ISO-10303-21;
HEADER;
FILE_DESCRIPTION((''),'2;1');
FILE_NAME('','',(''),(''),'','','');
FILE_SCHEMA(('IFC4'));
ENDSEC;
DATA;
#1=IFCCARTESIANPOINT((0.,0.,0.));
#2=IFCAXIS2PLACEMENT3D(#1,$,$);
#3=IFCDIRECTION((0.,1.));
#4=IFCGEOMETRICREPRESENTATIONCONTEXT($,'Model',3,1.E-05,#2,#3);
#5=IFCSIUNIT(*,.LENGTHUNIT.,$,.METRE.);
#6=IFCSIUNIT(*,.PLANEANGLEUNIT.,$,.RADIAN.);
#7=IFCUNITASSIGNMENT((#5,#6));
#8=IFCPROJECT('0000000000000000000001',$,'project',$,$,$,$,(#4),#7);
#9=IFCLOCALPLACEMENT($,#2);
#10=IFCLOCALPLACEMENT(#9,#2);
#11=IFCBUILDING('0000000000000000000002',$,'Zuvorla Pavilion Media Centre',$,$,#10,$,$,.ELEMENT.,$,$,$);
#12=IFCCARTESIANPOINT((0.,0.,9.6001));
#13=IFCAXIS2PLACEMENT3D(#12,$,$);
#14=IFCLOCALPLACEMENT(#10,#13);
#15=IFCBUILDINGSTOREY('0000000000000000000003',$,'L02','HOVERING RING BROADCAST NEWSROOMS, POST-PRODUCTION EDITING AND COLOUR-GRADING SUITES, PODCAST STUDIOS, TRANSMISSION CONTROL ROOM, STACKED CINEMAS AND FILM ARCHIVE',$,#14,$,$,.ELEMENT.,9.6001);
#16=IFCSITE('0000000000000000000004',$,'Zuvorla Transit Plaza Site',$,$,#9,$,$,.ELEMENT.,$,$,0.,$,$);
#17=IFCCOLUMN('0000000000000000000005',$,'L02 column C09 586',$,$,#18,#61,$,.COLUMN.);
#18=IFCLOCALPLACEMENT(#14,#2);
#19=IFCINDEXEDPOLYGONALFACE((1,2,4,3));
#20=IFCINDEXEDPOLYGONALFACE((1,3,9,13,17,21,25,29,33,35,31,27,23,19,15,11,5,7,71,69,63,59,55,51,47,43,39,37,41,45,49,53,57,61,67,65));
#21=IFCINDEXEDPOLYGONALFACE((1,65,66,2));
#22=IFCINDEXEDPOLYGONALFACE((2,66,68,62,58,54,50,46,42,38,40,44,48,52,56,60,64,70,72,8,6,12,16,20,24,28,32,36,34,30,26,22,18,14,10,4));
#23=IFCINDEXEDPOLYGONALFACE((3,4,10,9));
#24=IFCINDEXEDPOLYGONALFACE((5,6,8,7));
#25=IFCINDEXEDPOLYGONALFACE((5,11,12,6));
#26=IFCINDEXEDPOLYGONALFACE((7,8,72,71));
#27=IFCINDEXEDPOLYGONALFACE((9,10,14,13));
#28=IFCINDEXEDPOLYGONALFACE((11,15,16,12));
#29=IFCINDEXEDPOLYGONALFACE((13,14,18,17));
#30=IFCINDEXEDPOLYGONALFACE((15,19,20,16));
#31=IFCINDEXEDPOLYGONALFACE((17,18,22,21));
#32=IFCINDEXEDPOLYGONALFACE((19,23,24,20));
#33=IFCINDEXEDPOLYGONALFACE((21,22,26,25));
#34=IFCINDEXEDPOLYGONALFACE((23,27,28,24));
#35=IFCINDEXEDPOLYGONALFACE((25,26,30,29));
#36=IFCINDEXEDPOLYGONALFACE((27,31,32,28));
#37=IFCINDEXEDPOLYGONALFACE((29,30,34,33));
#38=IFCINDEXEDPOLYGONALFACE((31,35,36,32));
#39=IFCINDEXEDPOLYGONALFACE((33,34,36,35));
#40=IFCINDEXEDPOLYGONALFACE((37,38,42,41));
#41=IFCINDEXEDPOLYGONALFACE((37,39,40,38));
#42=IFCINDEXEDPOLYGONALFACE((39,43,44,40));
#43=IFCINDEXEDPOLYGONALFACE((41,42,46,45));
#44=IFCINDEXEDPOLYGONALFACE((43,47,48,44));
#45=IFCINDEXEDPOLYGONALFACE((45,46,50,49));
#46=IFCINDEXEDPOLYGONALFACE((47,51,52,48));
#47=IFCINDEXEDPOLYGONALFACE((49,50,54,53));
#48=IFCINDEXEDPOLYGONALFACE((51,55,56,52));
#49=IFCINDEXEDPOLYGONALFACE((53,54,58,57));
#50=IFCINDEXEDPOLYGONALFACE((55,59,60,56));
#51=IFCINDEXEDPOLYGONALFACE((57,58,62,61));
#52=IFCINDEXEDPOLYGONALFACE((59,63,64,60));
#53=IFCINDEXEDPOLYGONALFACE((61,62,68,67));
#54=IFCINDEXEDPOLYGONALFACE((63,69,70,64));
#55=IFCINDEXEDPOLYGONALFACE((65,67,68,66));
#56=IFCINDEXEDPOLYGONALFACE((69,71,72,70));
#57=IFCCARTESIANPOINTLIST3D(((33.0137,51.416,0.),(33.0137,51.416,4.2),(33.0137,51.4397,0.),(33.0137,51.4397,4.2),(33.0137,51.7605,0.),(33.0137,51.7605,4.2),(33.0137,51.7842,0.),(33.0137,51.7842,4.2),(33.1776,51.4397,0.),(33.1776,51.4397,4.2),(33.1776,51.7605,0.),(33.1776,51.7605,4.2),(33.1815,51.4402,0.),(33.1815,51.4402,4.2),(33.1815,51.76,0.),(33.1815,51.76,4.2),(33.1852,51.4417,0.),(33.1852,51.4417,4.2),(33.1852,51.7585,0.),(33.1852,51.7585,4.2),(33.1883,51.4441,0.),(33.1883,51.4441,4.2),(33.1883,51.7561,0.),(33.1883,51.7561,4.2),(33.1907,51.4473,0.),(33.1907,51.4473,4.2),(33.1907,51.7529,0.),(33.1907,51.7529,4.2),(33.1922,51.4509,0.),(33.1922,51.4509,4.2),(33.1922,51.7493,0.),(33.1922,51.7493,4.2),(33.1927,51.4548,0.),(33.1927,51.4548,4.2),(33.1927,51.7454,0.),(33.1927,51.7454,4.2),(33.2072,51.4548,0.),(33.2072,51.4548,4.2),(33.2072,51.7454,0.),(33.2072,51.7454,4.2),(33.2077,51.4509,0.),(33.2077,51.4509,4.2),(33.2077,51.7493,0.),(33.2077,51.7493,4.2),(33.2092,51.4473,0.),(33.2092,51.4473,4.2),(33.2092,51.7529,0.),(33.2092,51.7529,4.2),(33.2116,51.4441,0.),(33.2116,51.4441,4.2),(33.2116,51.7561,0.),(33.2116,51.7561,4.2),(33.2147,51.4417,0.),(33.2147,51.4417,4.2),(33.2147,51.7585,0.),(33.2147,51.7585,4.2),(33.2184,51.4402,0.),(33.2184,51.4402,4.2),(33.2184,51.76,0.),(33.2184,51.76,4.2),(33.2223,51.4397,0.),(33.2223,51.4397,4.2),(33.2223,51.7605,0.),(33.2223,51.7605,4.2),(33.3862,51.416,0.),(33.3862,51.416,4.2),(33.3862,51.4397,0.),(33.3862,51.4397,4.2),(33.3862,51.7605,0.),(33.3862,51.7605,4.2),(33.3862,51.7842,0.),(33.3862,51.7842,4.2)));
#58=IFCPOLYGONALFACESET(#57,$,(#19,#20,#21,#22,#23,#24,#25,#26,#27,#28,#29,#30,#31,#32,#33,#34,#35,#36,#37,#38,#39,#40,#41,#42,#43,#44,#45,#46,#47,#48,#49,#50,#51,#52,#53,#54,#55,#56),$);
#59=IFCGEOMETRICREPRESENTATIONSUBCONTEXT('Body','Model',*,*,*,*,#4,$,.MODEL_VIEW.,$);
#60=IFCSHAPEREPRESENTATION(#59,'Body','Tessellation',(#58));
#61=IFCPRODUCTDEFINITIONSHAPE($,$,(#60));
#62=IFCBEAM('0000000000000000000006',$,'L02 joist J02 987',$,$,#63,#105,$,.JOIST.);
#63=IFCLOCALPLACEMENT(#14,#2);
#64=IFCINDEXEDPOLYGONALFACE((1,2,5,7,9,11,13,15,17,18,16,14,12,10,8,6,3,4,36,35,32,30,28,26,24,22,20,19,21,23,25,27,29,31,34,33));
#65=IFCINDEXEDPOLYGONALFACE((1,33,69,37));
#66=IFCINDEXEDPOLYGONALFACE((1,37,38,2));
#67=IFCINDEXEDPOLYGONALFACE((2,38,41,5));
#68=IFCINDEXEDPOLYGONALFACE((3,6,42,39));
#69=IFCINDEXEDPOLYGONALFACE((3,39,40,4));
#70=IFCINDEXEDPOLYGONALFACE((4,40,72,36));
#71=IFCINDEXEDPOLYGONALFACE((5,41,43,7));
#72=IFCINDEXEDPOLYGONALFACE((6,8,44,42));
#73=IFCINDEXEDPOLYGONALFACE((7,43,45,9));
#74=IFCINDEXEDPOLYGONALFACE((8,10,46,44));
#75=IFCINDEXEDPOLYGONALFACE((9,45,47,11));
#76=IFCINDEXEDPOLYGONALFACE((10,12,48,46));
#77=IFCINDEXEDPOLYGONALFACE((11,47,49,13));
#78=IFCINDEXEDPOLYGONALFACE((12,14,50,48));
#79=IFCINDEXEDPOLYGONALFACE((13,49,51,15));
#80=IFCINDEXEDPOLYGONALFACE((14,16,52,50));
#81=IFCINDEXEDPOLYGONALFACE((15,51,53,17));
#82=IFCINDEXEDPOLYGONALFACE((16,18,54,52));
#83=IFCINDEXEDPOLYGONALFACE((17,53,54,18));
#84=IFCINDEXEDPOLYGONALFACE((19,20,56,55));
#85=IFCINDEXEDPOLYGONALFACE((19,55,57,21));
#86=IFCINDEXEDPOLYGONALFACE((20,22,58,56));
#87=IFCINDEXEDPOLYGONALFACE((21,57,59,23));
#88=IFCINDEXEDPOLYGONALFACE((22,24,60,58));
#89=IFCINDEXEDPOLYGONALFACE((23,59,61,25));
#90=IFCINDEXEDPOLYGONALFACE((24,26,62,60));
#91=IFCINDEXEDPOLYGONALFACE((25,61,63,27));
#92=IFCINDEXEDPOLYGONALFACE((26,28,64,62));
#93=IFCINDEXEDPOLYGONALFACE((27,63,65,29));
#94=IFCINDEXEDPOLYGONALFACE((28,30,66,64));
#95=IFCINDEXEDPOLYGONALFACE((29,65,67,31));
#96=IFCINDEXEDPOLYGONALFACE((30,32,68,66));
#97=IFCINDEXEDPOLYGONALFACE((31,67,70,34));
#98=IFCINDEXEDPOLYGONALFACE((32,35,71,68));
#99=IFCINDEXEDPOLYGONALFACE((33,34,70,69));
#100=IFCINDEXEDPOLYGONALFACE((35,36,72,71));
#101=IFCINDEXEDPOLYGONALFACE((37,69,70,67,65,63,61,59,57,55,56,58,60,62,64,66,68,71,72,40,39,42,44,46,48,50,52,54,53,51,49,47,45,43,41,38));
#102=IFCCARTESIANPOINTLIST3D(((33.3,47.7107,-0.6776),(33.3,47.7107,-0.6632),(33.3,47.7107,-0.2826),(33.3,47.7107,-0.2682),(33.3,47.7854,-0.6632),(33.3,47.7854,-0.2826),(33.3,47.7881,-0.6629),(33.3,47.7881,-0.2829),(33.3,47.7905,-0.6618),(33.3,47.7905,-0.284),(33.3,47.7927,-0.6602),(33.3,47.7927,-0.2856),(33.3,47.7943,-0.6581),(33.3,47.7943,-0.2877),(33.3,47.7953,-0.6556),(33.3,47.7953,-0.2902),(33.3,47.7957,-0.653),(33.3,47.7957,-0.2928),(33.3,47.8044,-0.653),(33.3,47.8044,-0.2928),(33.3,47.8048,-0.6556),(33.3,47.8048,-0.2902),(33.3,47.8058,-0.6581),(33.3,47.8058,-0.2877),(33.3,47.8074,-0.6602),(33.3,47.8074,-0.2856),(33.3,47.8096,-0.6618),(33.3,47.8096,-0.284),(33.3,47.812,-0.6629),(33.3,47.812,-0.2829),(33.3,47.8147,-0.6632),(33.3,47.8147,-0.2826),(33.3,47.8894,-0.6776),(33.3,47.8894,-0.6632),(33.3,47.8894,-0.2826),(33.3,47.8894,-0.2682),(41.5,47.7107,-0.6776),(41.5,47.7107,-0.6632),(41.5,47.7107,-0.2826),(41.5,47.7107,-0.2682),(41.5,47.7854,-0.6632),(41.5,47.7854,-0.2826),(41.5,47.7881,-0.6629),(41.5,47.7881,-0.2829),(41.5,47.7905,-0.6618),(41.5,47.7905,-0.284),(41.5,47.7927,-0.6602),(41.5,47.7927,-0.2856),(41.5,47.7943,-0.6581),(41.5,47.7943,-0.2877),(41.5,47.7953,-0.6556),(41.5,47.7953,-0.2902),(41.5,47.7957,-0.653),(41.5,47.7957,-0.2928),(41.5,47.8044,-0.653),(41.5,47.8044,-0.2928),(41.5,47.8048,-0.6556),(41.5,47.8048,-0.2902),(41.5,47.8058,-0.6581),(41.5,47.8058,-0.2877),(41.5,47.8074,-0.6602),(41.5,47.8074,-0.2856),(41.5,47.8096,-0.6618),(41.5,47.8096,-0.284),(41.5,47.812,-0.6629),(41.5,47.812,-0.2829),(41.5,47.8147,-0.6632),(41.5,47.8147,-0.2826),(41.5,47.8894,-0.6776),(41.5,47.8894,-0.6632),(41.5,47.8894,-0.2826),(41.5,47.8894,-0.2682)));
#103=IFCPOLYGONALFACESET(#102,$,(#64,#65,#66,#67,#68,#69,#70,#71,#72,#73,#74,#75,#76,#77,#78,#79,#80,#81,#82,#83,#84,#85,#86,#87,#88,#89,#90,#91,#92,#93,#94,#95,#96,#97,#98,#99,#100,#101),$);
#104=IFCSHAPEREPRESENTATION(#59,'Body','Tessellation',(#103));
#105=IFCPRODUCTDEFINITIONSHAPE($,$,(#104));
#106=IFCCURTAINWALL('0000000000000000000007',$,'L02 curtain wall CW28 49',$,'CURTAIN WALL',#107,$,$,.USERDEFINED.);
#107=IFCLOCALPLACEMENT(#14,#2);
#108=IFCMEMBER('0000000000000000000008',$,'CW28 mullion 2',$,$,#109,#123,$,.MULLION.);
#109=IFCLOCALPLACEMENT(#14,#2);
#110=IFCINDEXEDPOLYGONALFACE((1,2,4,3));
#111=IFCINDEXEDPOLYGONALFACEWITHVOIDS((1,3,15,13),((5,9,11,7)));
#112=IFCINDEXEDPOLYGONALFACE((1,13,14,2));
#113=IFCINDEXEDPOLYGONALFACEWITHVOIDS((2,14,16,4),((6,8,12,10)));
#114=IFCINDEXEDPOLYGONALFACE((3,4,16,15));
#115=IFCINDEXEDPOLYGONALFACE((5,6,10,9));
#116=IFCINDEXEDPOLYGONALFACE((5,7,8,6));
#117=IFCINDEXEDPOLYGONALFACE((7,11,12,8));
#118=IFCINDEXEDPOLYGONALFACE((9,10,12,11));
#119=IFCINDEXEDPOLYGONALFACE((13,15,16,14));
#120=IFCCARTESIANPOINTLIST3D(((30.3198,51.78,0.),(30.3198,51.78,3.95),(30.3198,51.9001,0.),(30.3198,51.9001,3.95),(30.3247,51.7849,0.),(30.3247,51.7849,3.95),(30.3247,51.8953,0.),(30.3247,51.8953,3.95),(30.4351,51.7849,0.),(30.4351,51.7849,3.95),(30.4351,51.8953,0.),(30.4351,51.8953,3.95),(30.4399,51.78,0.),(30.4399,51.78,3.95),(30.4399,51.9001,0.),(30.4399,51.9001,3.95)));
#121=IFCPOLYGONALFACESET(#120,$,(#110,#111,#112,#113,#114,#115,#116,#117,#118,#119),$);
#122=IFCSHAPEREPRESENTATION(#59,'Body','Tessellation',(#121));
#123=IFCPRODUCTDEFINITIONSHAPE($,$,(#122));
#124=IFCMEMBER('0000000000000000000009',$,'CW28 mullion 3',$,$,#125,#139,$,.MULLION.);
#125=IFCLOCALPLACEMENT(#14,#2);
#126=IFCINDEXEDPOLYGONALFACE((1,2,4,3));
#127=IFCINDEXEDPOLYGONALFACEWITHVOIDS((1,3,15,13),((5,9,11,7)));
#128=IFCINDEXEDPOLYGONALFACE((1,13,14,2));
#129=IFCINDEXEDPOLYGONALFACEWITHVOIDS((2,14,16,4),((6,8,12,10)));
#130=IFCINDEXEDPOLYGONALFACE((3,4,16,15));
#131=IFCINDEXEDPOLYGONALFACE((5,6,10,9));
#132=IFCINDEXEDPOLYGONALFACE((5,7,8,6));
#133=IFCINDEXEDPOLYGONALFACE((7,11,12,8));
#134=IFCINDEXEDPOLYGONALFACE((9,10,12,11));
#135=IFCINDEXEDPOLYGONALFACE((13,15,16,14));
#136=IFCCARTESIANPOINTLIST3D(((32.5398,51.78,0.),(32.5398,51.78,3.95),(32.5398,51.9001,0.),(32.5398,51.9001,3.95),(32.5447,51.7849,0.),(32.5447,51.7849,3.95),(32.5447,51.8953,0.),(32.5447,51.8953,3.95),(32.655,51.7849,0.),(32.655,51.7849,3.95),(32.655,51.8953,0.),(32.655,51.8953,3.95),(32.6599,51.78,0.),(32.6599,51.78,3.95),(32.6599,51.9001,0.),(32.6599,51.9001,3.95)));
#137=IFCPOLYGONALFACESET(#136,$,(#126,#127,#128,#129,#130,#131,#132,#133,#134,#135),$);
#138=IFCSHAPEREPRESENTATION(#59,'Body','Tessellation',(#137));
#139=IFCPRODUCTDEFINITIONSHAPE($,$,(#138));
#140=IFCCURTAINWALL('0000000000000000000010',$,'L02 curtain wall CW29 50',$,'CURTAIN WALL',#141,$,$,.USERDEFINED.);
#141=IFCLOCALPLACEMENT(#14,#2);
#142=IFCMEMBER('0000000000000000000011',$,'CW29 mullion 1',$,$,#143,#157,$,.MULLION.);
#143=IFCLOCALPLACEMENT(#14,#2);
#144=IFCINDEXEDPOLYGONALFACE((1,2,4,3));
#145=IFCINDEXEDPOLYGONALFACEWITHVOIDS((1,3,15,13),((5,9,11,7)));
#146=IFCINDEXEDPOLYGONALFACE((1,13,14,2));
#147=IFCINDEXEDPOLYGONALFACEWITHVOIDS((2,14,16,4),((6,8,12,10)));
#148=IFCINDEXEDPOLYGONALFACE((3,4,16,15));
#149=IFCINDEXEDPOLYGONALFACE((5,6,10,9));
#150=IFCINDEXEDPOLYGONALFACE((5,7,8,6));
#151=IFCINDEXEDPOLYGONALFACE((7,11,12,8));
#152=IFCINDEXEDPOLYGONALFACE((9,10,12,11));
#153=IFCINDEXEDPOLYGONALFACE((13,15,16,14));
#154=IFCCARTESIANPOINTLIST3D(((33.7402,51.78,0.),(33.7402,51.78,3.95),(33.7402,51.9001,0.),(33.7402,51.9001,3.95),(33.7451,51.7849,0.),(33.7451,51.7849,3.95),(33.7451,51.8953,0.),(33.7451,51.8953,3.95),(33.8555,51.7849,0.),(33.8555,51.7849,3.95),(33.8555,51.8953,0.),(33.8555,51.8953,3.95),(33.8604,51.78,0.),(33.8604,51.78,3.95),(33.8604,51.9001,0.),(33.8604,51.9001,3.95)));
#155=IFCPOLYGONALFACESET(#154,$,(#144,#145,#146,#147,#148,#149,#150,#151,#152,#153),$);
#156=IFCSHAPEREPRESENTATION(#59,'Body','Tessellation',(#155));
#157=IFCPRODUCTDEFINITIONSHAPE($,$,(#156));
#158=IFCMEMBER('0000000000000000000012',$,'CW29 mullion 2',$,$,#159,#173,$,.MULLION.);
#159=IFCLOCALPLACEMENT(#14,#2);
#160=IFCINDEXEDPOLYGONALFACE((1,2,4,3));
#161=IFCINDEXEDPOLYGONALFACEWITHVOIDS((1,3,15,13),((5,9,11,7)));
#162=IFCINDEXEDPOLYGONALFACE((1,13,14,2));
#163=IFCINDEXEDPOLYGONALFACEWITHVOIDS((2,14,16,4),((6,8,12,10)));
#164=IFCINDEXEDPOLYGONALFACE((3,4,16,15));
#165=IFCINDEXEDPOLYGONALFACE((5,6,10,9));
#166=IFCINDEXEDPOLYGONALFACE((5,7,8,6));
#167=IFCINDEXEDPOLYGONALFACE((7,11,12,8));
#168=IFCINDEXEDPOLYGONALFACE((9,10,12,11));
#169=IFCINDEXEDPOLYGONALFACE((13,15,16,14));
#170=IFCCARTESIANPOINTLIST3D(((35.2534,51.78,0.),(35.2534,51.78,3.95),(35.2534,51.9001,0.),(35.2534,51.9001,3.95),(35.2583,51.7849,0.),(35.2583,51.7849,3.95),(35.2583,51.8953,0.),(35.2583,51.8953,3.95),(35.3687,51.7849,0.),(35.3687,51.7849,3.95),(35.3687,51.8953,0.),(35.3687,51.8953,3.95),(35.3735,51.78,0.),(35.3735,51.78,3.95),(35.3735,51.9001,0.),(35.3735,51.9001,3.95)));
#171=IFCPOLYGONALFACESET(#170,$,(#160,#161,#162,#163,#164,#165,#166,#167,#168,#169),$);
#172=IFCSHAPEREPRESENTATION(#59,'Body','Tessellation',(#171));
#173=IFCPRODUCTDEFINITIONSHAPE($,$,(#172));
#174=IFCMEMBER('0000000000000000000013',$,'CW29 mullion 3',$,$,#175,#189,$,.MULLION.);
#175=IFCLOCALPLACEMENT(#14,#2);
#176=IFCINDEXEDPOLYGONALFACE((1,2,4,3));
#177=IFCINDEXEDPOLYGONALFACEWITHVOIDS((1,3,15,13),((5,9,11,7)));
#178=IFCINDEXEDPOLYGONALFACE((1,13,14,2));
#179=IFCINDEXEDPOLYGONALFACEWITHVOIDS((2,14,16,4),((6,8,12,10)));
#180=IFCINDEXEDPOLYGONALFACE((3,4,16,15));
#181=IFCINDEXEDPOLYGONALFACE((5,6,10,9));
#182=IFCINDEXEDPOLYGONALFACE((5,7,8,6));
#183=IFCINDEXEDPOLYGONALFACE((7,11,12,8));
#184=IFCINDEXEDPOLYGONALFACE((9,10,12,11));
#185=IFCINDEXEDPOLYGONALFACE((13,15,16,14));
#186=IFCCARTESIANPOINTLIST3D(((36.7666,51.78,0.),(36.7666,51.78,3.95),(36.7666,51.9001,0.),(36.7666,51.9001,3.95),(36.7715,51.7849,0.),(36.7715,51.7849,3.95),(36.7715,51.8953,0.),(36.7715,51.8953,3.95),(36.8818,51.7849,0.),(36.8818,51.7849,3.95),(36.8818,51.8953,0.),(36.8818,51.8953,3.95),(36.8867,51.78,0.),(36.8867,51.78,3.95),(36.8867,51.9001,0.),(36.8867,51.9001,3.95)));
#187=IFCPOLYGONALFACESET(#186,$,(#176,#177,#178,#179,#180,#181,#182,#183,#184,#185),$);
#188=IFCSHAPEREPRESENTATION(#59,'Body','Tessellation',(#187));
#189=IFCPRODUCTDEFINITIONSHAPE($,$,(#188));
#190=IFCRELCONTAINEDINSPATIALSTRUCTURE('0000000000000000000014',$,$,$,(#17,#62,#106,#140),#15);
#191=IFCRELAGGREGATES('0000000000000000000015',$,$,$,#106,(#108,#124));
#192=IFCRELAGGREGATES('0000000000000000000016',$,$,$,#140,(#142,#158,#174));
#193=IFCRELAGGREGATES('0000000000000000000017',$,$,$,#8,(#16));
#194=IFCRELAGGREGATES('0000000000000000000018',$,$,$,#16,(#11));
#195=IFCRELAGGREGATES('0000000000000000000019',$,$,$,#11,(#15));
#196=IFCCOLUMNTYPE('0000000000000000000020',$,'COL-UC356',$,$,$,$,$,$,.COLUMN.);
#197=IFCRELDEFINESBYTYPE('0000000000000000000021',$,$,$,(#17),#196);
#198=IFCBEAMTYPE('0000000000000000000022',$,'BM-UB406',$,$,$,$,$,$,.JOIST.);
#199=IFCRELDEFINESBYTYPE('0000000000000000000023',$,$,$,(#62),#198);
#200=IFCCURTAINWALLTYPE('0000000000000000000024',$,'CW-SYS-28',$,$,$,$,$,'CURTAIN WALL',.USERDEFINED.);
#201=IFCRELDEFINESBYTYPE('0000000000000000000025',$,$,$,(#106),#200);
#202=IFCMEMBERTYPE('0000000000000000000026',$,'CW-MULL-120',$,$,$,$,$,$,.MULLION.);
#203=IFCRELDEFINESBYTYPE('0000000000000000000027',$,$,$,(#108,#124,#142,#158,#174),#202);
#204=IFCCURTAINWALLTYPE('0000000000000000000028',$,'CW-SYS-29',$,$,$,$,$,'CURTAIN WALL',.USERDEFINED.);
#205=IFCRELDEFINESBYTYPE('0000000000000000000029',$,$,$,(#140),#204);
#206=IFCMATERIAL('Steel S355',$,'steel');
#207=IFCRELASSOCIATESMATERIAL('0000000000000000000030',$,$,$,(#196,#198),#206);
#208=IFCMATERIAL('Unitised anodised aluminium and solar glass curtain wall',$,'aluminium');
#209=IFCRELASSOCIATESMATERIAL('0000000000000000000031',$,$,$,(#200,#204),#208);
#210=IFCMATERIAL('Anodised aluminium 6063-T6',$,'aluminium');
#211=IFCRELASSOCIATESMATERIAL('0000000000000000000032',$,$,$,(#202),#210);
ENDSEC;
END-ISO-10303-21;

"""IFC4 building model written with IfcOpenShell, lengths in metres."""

from ifc_helpers import new_model, si_unit, direction, frame, origin, origin_2d, place, context, subcontext, project, spatial, hollow_rectangle, i_section, extrude, material, material_profile, profile_set, type_object, element, aggregate, save


model = new_model("IFC4")

# Units and contexts
model_context = context("Model", 3, precision=1e-05, world=origin(), true_north=direction((0.0, 1.0)))
body_context = subcontext(model_context, "Body", "Model", "MODEL_VIEW")
ifc_project = project(units=[si_unit("LENGTHUNIT", "METRE"), si_unit("PLANEANGLEUNIT", "RADIAN")], contexts=[model_context])

# Site, building, storey
site_placement = place(None, origin())
site = spatial("IfcSite", under=ifc_project, at=site_placement, Name="Zuvorla Transit Plaza Site", CompositionType="ELEMENT", RefElevation=0.0)
building_placement = place(site_placement, origin())
building = spatial("IfcBuilding", under=site, at=building_placement, Name="Zuvorla Pavilion Media Centre", CompositionType="ELEMENT")
storey_placement = place(building_placement, frame((0.0, 0.0, 9.6001)))
storey = spatial("IfcBuildingStorey", under=building, at=storey_placement, Name="L02", Description="HOVERING RING BROADCAST NEWSROOMS, POST-PRODUCTION EDITING AND COLOUR-GRADING SUITES, PODCAST STUDIOS, TRANSMISSION CONTROL ROOM, STACKED CINEMAS AND FILM ARCHIVE", CompositionType="ELEMENT", Elevation=9.6001)

# Column
ifc_material_1 = material(Name="Steel S355", Category="steel")
ifc_material_profile_1 = material_profile(ifc_material_1, i_section(OverallWidth=0.3726, OverallDepth=0.3682, WebThickness=0.0144, FlangeThickness=0.0237, FilletRadius=0.0151, at=origin_2d()), Name="UC 356x368x177")
ifc_profile_set_1 = profile_set([ifc_material_profile_1], Name="Steel S355")
column_type = type_object("IfcColumnType", Name="COL-UC356", PredefinedType="COLUMN", material=ifc_profile_set_1)
column_placement = place(storey_placement, frame((33.2, 51.6001, 0.0), z_axis=(0.0, 0.0, 1.0), x_axis=(1.0, 0.0, 0.0)))
element("IfcColumn", 1, at=column_placement, inside=storey, type_object=column_type, Name="L02 column C09 586", PredefinedType="COLUMN", context=body_context, shape_type="SweptSolid", body=[
    extrude(i_section(OverallWidth=0.3726, OverallDepth=0.3682, WebThickness=0.0144, FlangeThickness=0.0237, FilletRadius=0.0151, at=origin_2d()), origin(), (0.0, 0.0, 1.0), 4.2),
])

# Beam
ifc_material_profile_2 = material_profile(ifc_material_1, i_section(OverallWidth=0.1787, OverallDepth=0.4094, WebThickness=0.0088, FlangeThickness=0.0144, FilletRadius=0.0103, at=origin_2d()), Name="UB 406x178x67")
ifc_profile_set_2 = profile_set([ifc_material_profile_2], Name="Steel S355")
beam_type = type_object("IfcBeamType", Name="BM-UB406", PredefinedType="JOIST", material=ifc_profile_set_2)
beam_placement = place(storey_placement, frame((33.3, 47.8, -0.4729), z_axis=(1.0, 0.0, 0.0), x_axis=(0.0, 1.0, 0.0)))
element("IfcBeam", 2, at=beam_placement, inside=storey, type_object=beam_type, Name="L02 joist J02 987", PredefinedType="JOIST", context=body_context, shape_type="SweptSolid", body=[
    extrude(i_section(OverallWidth=0.1787, OverallDepth=0.4094, WebThickness=0.0088, FlangeThickness=0.0144, FilletRadius=0.0103, at=origin_2d()), origin(), (0.0, 0.0, 1.0), 8.2),
])

# Curtain walls, members
ifc_material_2 = material(Name="Unitised anodised aluminium and solar glass curtain wall", Category="aluminium")
curtain_wall_type_1 = type_object("IfcCurtainWallType", Name="CW-SYS-28", ElementType="CURTAIN WALL", PredefinedType="USERDEFINED", material=ifc_material_2)
curtain_wall_1_placement = place(storey_placement, origin())
curtain_wall_1 = element("IfcCurtainWall", 3, at=curtain_wall_1_placement, inside=storey, type_object=curtain_wall_type_1, Name="L02 curtain wall CW28 49", ObjectType="CURTAIN WALL", PredefinedType="USERDEFINED")
ifc_material_3 = material(Name="Anodised aluminium 6063-T6", Category="aluminium")
ifc_material_profile_3 = material_profile(ifc_material_3, hollow_rectangle(XDim=0.1201, YDim=0.1201, WallThickness=0.0049, at=origin_2d()), Name="ALU MULL 120x120")
ifc_profile_set_3 = profile_set([ifc_material_profile_3], Name="Anodised aluminium 6063-T6")
member_type_1 = type_object("IfcMemberType", Name="CW-MULL-120", PredefinedType="MULLION", material=ifc_profile_set_3)
member_1_placement = place(storey_placement, frame((30.3799, 51.8401, 0.0), z_axis=(0.0, 0.0, 1.0), x_axis=(1.0, 0.0, 0.0)))
member_1 = element("IfcMember", 4, at=member_1_placement, type_object=member_type_1, Name="CW28 mullion 2", PredefinedType="MULLION", context=body_context, shape_type="SweptSolid", body=[
    extrude(hollow_rectangle(XDim=0.1201, YDim=0.1201, WallThickness=0.0049, at=origin_2d()), origin(), (0.0, 0.0, 1.0), 3.95),
])
member_2_placement = place(storey_placement, frame((32.5999, 51.8401, 0.0), z_axis=(0.0, 0.0, 1.0), x_axis=(1.0, 0.0, 0.0)))
member_2 = element("IfcMember", 5, at=member_2_placement, type_object=member_type_1, Name="CW28 mullion 3", PredefinedType="MULLION", context=body_context, shape_type="SweptSolid", body=[
    extrude(hollow_rectangle(XDim=0.1201, YDim=0.1201, WallThickness=0.0049, at=origin_2d()), origin(), (0.0, 0.0, 1.0), 3.95),
])
curtain_wall_type_2 = type_object("IfcCurtainWallType", Name="CW-SYS-29", ElementType="CURTAIN WALL", PredefinedType="USERDEFINED", material=ifc_material_2)
curtain_wall_2_placement = place(storey_placement, origin())
curtain_wall_2 = element("IfcCurtainWall", 6, at=curtain_wall_2_placement, inside=storey, type_object=curtain_wall_type_2, Name="L02 curtain wall CW29 50", ObjectType="CURTAIN WALL", PredefinedType="USERDEFINED")
member_3_placement = place(storey_placement, frame((33.8003, 51.8401, 0.0), z_axis=(0.0, 0.0, 1.0), x_axis=(1.0, 0.0, 0.0)))
member_3 = element("IfcMember", 7, at=member_3_placement, type_object=member_type_1, Name="CW29 mullion 1", PredefinedType="MULLION", context=body_context, shape_type="SweptSolid", body=[
    extrude(hollow_rectangle(XDim=0.1201, YDim=0.1201, WallThickness=0.0049, at=origin_2d()), origin(), (0.0, 0.0, 1.0), 3.95),
])
member_4_placement = place(storey_placement, frame((35.3135, 51.8401, 0.0), z_axis=(0.0, 0.0, 1.0), x_axis=(1.0, 0.0, 0.0)))
member_4 = element("IfcMember", 8, at=member_4_placement, type_object=member_type_1, Name="CW29 mullion 2", PredefinedType="MULLION", context=body_context, shape_type="SweptSolid", body=[
    extrude(hollow_rectangle(XDim=0.1201, YDim=0.1201, WallThickness=0.0049, at=origin_2d()), origin(), (0.0, 0.0, 1.0), 3.95),
])
member_5_placement = place(storey_placement, frame((36.8267, 51.8401, 0.0), z_axis=(0.0, 0.0, 1.0), x_axis=(1.0, 0.0, 0.0)))
member_5 = element("IfcMember", 9, at=member_5_placement, type_object=member_type_1, Name="CW29 mullion 3", PredefinedType="MULLION", context=body_context, shape_type="SweptSolid", body=[
    extrude(hollow_rectangle(XDim=0.1201, YDim=0.1201, WallThickness=0.0049, at=origin_2d()), origin(), (0.0, 0.0, 1.0), 3.95),
])

aggregate(curtain_wall_1, [member_1, member_2])
aggregate(curtain_wall_2, [member_3, member_4, member_5])

save(model, "model.ifc")
